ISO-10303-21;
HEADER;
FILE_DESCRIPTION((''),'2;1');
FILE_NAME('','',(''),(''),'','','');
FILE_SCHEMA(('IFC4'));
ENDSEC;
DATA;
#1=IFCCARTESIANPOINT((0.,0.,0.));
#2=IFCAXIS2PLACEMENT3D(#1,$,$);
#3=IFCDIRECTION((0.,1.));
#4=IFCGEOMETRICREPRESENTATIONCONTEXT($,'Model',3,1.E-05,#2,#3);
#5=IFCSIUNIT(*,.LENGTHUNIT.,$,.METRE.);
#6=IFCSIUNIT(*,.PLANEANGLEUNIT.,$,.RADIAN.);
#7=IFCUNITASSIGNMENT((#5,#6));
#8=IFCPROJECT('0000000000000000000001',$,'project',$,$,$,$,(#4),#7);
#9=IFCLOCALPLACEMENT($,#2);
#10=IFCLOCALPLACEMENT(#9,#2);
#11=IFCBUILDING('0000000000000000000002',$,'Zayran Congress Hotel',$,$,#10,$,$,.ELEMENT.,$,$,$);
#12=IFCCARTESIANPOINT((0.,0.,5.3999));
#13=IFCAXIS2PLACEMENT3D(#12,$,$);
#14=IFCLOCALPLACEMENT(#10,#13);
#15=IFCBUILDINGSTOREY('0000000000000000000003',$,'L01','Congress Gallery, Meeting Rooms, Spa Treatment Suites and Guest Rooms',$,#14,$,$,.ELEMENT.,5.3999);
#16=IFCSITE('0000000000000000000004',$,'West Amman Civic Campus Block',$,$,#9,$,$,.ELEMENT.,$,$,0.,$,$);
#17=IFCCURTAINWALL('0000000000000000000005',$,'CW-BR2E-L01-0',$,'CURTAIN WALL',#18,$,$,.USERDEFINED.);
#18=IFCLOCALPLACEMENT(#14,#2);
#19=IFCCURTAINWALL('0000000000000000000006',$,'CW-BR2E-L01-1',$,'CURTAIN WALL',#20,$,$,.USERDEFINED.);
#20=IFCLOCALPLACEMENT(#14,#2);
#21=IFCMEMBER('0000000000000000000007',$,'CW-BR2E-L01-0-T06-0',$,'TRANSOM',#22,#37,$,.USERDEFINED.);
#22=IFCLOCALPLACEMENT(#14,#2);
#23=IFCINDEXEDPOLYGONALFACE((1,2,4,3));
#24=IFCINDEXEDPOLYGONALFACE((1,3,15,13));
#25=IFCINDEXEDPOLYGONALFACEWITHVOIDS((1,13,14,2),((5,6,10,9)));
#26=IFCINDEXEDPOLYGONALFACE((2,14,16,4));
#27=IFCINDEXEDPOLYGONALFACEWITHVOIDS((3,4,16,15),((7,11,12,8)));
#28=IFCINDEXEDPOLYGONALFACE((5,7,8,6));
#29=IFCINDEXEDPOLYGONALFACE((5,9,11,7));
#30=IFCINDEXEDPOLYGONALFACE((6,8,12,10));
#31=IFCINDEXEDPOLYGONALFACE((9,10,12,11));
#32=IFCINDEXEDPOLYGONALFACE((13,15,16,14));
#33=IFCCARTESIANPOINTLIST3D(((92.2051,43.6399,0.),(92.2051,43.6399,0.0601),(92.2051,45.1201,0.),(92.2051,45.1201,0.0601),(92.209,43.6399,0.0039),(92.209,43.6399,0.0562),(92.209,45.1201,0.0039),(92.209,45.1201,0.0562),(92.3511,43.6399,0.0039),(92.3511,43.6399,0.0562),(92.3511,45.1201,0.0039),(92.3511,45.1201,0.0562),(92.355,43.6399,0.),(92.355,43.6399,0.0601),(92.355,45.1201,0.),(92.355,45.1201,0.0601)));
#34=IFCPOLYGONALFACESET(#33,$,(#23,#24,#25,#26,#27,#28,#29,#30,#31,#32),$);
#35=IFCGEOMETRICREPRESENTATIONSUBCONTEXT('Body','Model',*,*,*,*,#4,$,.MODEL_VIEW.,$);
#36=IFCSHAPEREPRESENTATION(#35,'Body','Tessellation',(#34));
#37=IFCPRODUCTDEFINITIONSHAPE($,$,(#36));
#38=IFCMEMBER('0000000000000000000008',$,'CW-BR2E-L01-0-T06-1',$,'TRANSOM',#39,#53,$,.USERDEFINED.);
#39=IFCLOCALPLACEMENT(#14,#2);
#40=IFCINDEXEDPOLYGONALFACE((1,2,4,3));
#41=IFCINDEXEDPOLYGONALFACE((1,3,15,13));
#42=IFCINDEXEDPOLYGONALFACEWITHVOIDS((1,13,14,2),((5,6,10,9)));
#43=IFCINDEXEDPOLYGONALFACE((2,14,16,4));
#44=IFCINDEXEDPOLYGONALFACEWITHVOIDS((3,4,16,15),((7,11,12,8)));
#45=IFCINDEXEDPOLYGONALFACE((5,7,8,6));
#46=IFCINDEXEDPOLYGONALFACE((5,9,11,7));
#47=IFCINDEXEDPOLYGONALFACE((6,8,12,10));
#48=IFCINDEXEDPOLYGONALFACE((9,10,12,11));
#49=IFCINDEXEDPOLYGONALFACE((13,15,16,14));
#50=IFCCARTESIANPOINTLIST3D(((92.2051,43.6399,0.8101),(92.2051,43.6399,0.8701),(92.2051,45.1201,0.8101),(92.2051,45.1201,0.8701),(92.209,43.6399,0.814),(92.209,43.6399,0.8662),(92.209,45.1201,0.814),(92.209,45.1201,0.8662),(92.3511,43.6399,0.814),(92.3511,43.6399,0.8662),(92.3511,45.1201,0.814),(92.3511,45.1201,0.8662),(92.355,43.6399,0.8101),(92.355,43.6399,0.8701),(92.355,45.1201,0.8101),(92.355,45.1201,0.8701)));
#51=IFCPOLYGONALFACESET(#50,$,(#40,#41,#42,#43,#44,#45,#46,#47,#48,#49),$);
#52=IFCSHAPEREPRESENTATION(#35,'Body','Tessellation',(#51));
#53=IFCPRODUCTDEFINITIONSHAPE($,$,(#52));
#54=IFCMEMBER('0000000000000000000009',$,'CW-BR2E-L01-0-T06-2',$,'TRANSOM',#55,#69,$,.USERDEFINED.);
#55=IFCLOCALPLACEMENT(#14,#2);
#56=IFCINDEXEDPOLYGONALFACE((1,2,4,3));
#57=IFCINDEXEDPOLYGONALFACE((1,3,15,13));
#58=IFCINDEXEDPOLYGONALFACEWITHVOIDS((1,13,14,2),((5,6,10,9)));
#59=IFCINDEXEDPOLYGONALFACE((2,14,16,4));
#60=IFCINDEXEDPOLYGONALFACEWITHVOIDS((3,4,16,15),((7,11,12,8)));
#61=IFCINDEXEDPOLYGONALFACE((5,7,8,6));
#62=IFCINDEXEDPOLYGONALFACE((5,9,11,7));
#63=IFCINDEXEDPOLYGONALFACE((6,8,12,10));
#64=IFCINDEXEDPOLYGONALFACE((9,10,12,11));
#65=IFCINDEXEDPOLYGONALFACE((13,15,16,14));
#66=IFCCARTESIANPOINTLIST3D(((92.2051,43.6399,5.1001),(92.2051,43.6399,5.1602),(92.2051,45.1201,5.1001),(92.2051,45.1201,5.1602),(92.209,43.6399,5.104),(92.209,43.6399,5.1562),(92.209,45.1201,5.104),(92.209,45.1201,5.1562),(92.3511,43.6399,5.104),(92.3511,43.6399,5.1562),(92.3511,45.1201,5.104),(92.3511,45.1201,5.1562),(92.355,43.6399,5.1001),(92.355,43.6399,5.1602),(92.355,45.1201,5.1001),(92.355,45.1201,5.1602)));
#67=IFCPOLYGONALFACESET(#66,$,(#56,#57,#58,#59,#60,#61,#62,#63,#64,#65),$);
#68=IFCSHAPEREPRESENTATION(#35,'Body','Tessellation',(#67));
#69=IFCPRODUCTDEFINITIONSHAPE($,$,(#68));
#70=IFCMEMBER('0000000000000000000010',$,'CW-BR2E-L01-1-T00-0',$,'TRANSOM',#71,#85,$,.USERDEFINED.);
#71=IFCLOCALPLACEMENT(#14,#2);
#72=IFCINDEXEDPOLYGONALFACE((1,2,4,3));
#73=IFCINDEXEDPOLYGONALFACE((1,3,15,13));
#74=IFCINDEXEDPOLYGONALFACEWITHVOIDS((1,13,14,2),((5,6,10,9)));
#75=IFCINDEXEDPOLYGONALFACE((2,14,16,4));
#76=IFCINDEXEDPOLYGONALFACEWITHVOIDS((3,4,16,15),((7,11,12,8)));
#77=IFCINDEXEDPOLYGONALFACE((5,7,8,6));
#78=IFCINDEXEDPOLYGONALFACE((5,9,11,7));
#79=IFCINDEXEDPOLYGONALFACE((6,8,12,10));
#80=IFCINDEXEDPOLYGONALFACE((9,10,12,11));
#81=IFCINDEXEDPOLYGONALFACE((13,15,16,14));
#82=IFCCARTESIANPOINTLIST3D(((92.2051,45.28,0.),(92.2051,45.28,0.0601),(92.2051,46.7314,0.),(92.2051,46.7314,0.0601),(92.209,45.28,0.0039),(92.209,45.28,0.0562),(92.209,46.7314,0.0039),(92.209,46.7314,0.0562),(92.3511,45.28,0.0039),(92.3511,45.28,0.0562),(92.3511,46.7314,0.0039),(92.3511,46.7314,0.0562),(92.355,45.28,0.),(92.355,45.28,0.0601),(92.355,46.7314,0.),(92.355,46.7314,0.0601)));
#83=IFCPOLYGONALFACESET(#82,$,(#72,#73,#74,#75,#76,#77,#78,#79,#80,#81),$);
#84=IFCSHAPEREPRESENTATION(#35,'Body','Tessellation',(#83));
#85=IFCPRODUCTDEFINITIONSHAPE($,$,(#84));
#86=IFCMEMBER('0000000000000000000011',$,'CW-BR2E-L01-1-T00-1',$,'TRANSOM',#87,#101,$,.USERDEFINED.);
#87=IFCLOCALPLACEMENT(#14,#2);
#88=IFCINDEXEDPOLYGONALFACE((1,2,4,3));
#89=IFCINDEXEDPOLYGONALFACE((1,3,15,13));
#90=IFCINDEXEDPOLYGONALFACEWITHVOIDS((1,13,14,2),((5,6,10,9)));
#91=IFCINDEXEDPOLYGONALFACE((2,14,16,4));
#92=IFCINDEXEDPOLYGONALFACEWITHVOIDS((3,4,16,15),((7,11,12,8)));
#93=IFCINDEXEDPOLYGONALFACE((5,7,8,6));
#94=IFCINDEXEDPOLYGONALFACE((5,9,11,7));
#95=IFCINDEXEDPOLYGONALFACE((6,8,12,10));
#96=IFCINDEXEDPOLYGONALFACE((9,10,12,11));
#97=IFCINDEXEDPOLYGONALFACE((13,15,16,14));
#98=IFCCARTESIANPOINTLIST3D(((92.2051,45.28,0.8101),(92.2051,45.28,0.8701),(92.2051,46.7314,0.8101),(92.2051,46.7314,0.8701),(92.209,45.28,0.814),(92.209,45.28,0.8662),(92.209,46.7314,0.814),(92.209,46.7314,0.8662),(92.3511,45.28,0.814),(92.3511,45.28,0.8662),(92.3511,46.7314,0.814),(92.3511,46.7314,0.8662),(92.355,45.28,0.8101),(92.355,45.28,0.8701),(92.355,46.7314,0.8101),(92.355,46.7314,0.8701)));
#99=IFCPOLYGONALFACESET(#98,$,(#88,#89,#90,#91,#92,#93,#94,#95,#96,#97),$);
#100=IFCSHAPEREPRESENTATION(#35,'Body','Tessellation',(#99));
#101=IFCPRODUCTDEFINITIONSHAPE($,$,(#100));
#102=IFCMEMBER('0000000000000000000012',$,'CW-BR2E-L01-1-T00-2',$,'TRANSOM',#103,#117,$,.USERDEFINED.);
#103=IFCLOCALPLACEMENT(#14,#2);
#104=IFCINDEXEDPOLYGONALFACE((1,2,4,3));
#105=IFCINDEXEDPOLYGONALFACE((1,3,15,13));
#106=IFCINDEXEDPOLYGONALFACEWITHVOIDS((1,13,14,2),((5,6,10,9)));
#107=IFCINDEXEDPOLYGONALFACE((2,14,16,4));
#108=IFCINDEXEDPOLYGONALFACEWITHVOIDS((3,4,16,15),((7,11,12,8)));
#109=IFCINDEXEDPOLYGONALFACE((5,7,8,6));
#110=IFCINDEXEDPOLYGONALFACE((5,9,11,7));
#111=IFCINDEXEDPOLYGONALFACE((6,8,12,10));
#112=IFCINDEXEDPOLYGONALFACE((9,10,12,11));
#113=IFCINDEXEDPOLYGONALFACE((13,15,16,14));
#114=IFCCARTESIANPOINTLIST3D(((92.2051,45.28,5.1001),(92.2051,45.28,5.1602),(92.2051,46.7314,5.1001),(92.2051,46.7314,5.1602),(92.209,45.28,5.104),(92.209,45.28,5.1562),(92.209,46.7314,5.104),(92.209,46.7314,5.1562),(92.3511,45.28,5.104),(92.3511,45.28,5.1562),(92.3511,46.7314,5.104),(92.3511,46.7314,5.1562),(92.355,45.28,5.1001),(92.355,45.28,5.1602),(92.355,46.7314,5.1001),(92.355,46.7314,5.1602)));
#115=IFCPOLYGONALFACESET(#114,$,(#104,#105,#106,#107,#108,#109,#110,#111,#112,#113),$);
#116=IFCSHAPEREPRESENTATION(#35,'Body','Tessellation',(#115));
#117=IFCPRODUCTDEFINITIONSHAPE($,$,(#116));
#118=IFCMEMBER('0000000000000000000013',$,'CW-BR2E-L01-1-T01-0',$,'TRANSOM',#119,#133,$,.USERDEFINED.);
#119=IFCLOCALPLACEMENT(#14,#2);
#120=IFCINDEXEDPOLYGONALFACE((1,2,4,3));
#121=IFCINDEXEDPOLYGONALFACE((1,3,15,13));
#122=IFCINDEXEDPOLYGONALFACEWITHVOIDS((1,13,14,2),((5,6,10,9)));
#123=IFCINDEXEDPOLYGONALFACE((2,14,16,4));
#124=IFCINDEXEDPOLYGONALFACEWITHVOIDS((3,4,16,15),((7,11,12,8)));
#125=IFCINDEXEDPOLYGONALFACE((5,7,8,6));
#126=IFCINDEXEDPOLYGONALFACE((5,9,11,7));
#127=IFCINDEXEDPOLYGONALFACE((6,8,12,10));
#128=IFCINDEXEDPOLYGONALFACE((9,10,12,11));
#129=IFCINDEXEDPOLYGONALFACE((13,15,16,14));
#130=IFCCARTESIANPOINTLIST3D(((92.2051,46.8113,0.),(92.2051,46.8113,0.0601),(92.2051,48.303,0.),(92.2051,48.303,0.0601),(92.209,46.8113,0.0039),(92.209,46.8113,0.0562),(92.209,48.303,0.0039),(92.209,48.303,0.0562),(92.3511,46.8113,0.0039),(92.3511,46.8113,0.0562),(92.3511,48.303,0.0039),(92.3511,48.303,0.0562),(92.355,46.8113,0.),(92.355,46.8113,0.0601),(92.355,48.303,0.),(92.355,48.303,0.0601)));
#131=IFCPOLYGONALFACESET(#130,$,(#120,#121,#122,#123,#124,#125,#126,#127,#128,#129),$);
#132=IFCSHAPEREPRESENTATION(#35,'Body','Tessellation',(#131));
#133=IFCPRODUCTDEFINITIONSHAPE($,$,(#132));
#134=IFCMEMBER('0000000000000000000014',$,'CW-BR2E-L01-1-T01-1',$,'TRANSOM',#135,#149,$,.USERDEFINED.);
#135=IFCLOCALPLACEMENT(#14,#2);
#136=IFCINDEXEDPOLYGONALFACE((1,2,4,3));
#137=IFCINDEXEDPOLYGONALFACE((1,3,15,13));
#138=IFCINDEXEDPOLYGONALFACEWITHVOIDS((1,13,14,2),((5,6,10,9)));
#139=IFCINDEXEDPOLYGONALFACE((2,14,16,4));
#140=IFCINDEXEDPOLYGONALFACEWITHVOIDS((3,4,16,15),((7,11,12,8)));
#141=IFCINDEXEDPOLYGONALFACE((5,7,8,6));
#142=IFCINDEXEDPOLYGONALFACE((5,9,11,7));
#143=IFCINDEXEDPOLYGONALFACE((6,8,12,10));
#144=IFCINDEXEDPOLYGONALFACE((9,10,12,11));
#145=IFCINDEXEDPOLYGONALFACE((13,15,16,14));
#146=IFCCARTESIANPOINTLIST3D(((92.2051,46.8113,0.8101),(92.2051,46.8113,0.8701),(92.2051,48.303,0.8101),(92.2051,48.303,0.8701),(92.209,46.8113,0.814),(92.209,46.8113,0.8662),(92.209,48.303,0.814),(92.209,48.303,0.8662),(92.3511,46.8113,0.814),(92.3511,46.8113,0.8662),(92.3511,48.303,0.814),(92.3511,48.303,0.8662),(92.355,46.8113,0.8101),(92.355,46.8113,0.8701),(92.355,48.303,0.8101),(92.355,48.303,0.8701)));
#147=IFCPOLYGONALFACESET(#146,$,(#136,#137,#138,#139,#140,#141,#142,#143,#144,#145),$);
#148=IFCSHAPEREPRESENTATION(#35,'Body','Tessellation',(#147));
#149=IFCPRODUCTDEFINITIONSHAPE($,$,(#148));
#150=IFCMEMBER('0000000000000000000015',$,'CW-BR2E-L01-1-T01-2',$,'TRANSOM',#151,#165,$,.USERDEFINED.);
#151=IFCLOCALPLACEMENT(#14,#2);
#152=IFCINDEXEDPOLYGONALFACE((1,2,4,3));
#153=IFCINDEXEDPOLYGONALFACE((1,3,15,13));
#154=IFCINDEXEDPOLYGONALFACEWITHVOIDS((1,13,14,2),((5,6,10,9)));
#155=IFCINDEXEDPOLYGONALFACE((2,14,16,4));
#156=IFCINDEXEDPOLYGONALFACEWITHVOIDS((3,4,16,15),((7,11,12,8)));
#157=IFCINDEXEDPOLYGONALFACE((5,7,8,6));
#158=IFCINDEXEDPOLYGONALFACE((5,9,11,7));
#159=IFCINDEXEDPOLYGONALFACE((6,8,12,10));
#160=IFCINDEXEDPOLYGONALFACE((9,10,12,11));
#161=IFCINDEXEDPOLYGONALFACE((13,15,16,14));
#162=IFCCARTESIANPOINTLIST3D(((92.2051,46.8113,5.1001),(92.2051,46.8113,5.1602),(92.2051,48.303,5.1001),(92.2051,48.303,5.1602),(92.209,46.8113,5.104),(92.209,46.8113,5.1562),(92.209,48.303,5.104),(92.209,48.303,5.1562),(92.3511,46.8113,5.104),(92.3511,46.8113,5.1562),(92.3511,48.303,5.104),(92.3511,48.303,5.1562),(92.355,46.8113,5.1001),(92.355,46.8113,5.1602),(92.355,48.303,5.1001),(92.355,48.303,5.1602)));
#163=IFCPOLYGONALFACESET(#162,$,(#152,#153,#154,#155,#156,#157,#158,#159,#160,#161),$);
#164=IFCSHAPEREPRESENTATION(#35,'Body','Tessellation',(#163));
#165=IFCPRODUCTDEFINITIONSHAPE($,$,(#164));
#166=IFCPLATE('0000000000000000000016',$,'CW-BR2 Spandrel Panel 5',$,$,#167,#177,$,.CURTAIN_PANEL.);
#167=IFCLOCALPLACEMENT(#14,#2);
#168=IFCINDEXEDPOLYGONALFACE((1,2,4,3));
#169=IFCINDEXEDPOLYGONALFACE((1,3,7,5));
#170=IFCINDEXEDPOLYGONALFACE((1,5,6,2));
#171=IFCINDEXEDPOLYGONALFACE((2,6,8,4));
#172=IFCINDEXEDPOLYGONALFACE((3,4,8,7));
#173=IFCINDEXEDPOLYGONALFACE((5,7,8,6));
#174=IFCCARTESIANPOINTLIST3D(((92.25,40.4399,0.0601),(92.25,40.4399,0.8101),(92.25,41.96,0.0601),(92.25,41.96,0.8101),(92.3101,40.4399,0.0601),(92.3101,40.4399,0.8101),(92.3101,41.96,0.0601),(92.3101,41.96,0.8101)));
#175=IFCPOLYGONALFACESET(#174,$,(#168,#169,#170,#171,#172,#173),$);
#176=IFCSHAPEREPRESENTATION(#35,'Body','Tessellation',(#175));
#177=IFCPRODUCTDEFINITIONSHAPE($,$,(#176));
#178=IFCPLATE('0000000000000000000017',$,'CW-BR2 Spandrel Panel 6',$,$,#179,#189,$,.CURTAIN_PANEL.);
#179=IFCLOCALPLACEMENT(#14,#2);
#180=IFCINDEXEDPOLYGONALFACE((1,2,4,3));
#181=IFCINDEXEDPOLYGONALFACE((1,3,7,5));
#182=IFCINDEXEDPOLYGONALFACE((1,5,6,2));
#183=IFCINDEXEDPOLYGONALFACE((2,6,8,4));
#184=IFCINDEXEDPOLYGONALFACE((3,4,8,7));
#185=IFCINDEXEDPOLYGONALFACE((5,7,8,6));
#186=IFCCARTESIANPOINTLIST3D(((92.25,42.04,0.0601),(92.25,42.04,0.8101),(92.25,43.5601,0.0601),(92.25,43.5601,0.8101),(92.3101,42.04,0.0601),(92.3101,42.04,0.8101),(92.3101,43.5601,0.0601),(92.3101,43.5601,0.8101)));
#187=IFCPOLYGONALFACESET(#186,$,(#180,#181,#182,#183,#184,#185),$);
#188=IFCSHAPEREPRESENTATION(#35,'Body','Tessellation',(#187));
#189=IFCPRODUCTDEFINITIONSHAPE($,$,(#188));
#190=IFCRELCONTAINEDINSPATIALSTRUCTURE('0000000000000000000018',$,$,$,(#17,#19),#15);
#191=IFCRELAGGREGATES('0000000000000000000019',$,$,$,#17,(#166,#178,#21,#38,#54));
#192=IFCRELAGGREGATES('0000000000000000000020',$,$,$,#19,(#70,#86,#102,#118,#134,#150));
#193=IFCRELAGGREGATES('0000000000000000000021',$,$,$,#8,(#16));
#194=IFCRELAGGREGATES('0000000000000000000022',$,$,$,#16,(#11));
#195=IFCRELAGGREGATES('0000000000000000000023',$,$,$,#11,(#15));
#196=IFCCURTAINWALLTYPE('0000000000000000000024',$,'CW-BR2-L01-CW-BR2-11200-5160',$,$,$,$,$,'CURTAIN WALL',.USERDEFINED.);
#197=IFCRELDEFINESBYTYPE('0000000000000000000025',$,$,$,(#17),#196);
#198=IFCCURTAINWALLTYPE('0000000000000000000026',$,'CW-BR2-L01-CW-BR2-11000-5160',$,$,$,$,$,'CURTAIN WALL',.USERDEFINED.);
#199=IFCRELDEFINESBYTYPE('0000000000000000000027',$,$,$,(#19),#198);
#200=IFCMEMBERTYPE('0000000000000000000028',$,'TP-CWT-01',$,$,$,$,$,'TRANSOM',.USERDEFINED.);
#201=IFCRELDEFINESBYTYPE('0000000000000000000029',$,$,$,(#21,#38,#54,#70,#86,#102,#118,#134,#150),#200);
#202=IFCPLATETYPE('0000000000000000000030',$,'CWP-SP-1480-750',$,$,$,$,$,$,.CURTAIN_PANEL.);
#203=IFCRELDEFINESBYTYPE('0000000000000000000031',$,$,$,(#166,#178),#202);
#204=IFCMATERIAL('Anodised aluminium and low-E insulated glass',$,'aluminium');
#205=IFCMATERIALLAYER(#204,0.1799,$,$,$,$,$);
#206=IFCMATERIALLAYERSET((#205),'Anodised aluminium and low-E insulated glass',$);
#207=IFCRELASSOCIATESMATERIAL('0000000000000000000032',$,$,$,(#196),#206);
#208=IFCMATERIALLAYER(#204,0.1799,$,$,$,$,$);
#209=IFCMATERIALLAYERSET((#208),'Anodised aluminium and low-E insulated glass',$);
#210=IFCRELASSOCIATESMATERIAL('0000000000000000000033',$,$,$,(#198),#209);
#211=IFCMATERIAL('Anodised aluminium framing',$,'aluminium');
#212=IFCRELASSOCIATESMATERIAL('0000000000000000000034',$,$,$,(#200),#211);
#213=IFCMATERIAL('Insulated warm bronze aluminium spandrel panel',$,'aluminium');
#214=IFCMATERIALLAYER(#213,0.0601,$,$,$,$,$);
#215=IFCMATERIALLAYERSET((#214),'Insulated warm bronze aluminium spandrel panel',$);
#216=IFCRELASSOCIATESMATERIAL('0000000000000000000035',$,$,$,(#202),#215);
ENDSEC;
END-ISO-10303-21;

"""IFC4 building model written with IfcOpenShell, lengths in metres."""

from ifc_helpers import new_model, si_unit, direction, frame, origin, origin_2d, place, context, subcontext, project, spatial, rectangle, hollow_rectangle, extrude, material, layer, layer_set, material_profile, profile_set, type_object, element, aggregate, save


model = new_model("IFC4")

# Units and contexts
model_context = context("Model", 3, precision=1e-05, world=origin(), true_north=direction((0.0, 1.0)))
body_context = subcontext(model_context, "Body", "Model", "MODEL_VIEW")
ifc_project = project(units=[si_unit("LENGTHUNIT", "METRE"), si_unit("PLANEANGLEUNIT", "RADIAN")], contexts=[model_context])

# Site, building, storey
site_placement = place(None, origin())
site = spatial("IfcSite", under=ifc_project, at=site_placement, Name="West Amman Civic Campus Block", CompositionType="ELEMENT", RefElevation=0.0)
building_placement = place(site_placement, origin())
building = spatial("IfcBuilding", under=site, at=building_placement, Name="Zayran Congress Hotel", CompositionType="ELEMENT")
storey_placement = place(building_placement, frame((0.0, 0.0, 5.3999)))
storey = spatial("IfcBuildingStorey", under=building, at=storey_placement, Name="L01", Description="Congress Gallery, Meeting Rooms, Spa Treatment Suites and Guest Rooms", CompositionType="ELEMENT", Elevation=5.3999)

# Curtain walls
ifc_material_1 = material(Name="Anodised aluminium and low-E insulated glass", Category="aluminium")
ifc_layer_1 = layer(ifc_material_1, 0.1799)
ifc_layer_set_1 = layer_set([ifc_layer_1], Name="Anodised aluminium and low-E insulated glass")
curtain_wall_type_1 = type_object("IfcCurtainWallType", Name="CW-BR2-L01-CW-BR2-11200-5160", ElementType="CURTAIN WALL", PredefinedType="USERDEFINED", material=ifc_layer_set_1)
curtain_wall_1_placement = place(storey_placement, origin())
curtain_wall_1 = element("IfcCurtainWall", 1, at=curtain_wall_1_placement, inside=storey, type_object=curtain_wall_type_1, Name="CW-BR2E-L01-0", ObjectType="CURTAIN WALL", PredefinedType="USERDEFINED")
ifc_material_2 = material(Name="Anodised aluminium framing", Category="aluminium")
ifc_layer_2 = layer(ifc_material_1, 0.1799)
ifc_layer_set_2 = layer_set([ifc_layer_2], Name="Anodised aluminium and low-E insulated glass")
curtain_wall_type_2 = type_object("IfcCurtainWallType", Name="CW-BR2-L01-CW-BR2-11000-5160", ElementType="CURTAIN WALL", PredefinedType="USERDEFINED", material=ifc_layer_set_2)
curtain_wall_2_placement = place(storey_placement, origin())
curtain_wall_2 = element("IfcCurtainWall", 2, at=curtain_wall_2_placement, inside=storey, type_object=curtain_wall_type_2, Name="CW-BR2E-L01-1", ObjectType="CURTAIN WALL", PredefinedType="USERDEFINED")

# Members
ifc_material_profile_1 = material_profile(ifc_material_2, hollow_rectangle(XDim=0.0601, YDim=0.1499, WallThickness=0.0039, at=origin_2d()), Name="RHS 150x60x4")
ifc_profile_set_1 = profile_set([ifc_material_profile_1], Name="Anodised aluminium framing")
member_type_1 = type_object("IfcMemberType", Name="TP-CWT-01", ElementType="TRANSOM", PredefinedType="USERDEFINED", material=ifc_profile_set_1)
member_1_placement = place(storey_placement, frame((92.28, 43.6399, 0.03), z_axis=(0.0, 1.0, 0.0), x_axis=(0.0, 0.0, 1.0)))
member_1 = element("IfcMember", 3, at=member_1_placement, type_object=member_type_1, Name="CW-BR2E-L01-0-T06-0", ObjectType="TRANSOM", PredefinedType="USERDEFINED", context=body_context, shape_type="SweptSolid", body=[
    extrude(hollow_rectangle(XDim=0.0601, YDim=0.1499, WallThickness=0.0039, at=origin_2d()), origin(), (0.0, 0.0, 1.0), 1.4802),
])
member_2_placement = place(storey_placement, frame((92.28, 43.6399, 0.8401), z_axis=(0.0, 1.0, 0.0), x_axis=(0.0, 0.0, 1.0)))
member_2 = element("IfcMember", 4, at=member_2_placement, type_object=member_type_1, Name="CW-BR2E-L01-0-T06-1", ObjectType="TRANSOM", PredefinedType="USERDEFINED", context=body_context, shape_type="SweptSolid", body=[
    extrude(hollow_rectangle(XDim=0.0601, YDim=0.1499, WallThickness=0.0039, at=origin_2d()), origin(), (0.0, 0.0, 1.0), 1.4802),
])
member_3_placement = place(storey_placement, frame((92.28, 43.6399, 5.1301), z_axis=(0.0, 1.0, 0.0), x_axis=(0.0, 0.0, 1.0)))
member_3 = element("IfcMember", 5, at=member_3_placement, type_object=member_type_1, Name="CW-BR2E-L01-0-T06-2", ObjectType="TRANSOM", PredefinedType="USERDEFINED", context=body_context, shape_type="SweptSolid", body=[
    extrude(hollow_rectangle(XDim=0.0601, YDim=0.1499, WallThickness=0.0039, at=origin_2d()), origin(), (0.0, 0.0, 1.0), 1.4802),
])
member_4_placement = place(storey_placement, frame((92.28, 45.28, 0.03), z_axis=(0.0, 1.0, 0.0), x_axis=(0.0, 0.0, 1.0)))
member_4 = element("IfcMember", 6, at=member_4_placement, type_object=member_type_1, Name="CW-BR2E-L01-1-T00-0", ObjectType="TRANSOM", PredefinedType="USERDEFINED", context=body_context, shape_type="SweptSolid", body=[
    extrude(hollow_rectangle(XDim=0.0601, YDim=0.1499, WallThickness=0.0039, at=origin_2d()), origin(), (0.0, 0.0, 1.0), 1.4514),
])
member_5_placement = place(storey_placement, frame((92.28, 45.28, 0.8401), z_axis=(0.0, 1.0, 0.0), x_axis=(0.0, 0.0, 1.0)))
member_5 = element("IfcMember", 7, at=member_5_placement, type_object=member_type_1, Name="CW-BR2E-L01-1-T00-1", ObjectType="TRANSOM", PredefinedType="USERDEFINED", context=body_context, shape_type="SweptSolid", body=[
    extrude(hollow_rectangle(XDim=0.0601, YDim=0.1499, WallThickness=0.0039, at=origin_2d()), origin(), (0.0, 0.0, 1.0), 1.4514),
])
member_6_placement = place(storey_placement, frame((92.28, 45.28, 5.1301), z_axis=(0.0, 1.0, 0.0), x_axis=(0.0, 0.0, 1.0)))
member_6 = element("IfcMember", 8, at=member_6_placement, type_object=member_type_1, Name="CW-BR2E-L01-1-T00-2", ObjectType="TRANSOM", PredefinedType="USERDEFINED", context=body_context, shape_type="SweptSolid", body=[
    extrude(hollow_rectangle(XDim=0.0601, YDim=0.1499, WallThickness=0.0039, at=origin_2d()), origin(), (0.0, 0.0, 1.0), 1.4514),
])
member_7_placement = place(storey_placement, frame((92.28, 46.8113, 0.03), z_axis=(0.0, 1.0, 0.0), x_axis=(0.0, 0.0, 1.0)))
member_7 = element("IfcMember", 9, at=member_7_placement, type_object=member_type_1, Name="CW-BR2E-L01-1-T01-0", ObjectType="TRANSOM", PredefinedType="USERDEFINED", context=body_context, shape_type="SweptSolid", body=[
    extrude(hollow_rectangle(XDim=0.0601, YDim=0.1499, WallThickness=0.0039, at=origin_2d()), origin(), (0.0, 0.0, 1.0), 1.4917),
])
member_8_placement = place(storey_placement, frame((92.28, 46.8113, 0.8401), z_axis=(0.0, 1.0, 0.0), x_axis=(0.0, 0.0, 1.0)))
member_8 = element("IfcMember", 10, at=member_8_placement, type_object=member_type_1, Name="CW-BR2E-L01-1-T01-1", ObjectType="TRANSOM", PredefinedType="USERDEFINED", context=body_context, shape_type="SweptSolid", body=[
    extrude(hollow_rectangle(XDim=0.0601, YDim=0.1499, WallThickness=0.0039, at=origin_2d()), origin(), (0.0, 0.0, 1.0), 1.4917),
])
member_9_placement = place(storey_placement, frame((92.28, 46.8113, 5.1301), z_axis=(0.0, 1.0, 0.0), x_axis=(0.0, 0.0, 1.0)))
member_9 = element("IfcMember", 11, at=member_9_placement, type_object=member_type_1, Name="CW-BR2E-L01-1-T01-2", ObjectType="TRANSOM", PredefinedType="USERDEFINED", context=body_context, shape_type="SweptSolid", body=[
    extrude(hollow_rectangle(XDim=0.0601, YDim=0.1499, WallThickness=0.0039, at=origin_2d()), origin(), (0.0, 0.0, 1.0), 1.4917),
])

# Plates
ifc_material_3 = material(Name="Insulated warm bronze aluminium spandrel panel", Category="aluminium")
ifc_layer_3 = layer(ifc_material_3, 0.0601)
ifc_layer_set_3 = layer_set([ifc_layer_3], Name="Insulated warm bronze aluminium spandrel panel")
plate_type_1 = type_object("IfcPlateType", Name="CWP-SP-1480-750", PredefinedType="CURTAIN_PANEL", material=ifc_layer_set_3)
plate_1_placement = place(storey_placement, frame((92.28, 41.2, 0.0601), z_axis=(0.0, 0.0, 1.0), x_axis=(0.0, 1.0, 0.0)))
plate_1 = element("IfcPlate", 12, at=plate_1_placement, type_object=plate_type_1, Name="CW-BR2 Spandrel Panel 5", PredefinedType="CURTAIN_PANEL", context=body_context, shape_type="SweptSolid", body=[
    extrude(rectangle(XDim=1.52, YDim=0.0601, at=origin_2d()), origin(), (0.0, 0.0, 1.0), 0.75),
])
plate_2_placement = place(storey_placement, frame((92.28, 42.8, 0.0601), z_axis=(0.0, 0.0, 1.0), x_axis=(0.0, 1.0, 0.0)))
plate_2 = element("IfcPlate", 13, at=plate_2_placement, type_object=plate_type_1, Name="CW-BR2 Spandrel Panel 6", PredefinedType="CURTAIN_PANEL", context=body_context, shape_type="SweptSolid", body=[
    extrude(rectangle(XDim=1.52, YDim=0.0601, at=origin_2d()), origin(), (0.0, 0.0, 1.0), 0.75),
])
aggregate(curtain_wall_1, [plate_1, plate_2, member_1, member_2, member_3])
aggregate(curtain_wall_2, [member_4, member_5, member_6, member_7, member_8, member_9])

save(model, "model.ifc")
